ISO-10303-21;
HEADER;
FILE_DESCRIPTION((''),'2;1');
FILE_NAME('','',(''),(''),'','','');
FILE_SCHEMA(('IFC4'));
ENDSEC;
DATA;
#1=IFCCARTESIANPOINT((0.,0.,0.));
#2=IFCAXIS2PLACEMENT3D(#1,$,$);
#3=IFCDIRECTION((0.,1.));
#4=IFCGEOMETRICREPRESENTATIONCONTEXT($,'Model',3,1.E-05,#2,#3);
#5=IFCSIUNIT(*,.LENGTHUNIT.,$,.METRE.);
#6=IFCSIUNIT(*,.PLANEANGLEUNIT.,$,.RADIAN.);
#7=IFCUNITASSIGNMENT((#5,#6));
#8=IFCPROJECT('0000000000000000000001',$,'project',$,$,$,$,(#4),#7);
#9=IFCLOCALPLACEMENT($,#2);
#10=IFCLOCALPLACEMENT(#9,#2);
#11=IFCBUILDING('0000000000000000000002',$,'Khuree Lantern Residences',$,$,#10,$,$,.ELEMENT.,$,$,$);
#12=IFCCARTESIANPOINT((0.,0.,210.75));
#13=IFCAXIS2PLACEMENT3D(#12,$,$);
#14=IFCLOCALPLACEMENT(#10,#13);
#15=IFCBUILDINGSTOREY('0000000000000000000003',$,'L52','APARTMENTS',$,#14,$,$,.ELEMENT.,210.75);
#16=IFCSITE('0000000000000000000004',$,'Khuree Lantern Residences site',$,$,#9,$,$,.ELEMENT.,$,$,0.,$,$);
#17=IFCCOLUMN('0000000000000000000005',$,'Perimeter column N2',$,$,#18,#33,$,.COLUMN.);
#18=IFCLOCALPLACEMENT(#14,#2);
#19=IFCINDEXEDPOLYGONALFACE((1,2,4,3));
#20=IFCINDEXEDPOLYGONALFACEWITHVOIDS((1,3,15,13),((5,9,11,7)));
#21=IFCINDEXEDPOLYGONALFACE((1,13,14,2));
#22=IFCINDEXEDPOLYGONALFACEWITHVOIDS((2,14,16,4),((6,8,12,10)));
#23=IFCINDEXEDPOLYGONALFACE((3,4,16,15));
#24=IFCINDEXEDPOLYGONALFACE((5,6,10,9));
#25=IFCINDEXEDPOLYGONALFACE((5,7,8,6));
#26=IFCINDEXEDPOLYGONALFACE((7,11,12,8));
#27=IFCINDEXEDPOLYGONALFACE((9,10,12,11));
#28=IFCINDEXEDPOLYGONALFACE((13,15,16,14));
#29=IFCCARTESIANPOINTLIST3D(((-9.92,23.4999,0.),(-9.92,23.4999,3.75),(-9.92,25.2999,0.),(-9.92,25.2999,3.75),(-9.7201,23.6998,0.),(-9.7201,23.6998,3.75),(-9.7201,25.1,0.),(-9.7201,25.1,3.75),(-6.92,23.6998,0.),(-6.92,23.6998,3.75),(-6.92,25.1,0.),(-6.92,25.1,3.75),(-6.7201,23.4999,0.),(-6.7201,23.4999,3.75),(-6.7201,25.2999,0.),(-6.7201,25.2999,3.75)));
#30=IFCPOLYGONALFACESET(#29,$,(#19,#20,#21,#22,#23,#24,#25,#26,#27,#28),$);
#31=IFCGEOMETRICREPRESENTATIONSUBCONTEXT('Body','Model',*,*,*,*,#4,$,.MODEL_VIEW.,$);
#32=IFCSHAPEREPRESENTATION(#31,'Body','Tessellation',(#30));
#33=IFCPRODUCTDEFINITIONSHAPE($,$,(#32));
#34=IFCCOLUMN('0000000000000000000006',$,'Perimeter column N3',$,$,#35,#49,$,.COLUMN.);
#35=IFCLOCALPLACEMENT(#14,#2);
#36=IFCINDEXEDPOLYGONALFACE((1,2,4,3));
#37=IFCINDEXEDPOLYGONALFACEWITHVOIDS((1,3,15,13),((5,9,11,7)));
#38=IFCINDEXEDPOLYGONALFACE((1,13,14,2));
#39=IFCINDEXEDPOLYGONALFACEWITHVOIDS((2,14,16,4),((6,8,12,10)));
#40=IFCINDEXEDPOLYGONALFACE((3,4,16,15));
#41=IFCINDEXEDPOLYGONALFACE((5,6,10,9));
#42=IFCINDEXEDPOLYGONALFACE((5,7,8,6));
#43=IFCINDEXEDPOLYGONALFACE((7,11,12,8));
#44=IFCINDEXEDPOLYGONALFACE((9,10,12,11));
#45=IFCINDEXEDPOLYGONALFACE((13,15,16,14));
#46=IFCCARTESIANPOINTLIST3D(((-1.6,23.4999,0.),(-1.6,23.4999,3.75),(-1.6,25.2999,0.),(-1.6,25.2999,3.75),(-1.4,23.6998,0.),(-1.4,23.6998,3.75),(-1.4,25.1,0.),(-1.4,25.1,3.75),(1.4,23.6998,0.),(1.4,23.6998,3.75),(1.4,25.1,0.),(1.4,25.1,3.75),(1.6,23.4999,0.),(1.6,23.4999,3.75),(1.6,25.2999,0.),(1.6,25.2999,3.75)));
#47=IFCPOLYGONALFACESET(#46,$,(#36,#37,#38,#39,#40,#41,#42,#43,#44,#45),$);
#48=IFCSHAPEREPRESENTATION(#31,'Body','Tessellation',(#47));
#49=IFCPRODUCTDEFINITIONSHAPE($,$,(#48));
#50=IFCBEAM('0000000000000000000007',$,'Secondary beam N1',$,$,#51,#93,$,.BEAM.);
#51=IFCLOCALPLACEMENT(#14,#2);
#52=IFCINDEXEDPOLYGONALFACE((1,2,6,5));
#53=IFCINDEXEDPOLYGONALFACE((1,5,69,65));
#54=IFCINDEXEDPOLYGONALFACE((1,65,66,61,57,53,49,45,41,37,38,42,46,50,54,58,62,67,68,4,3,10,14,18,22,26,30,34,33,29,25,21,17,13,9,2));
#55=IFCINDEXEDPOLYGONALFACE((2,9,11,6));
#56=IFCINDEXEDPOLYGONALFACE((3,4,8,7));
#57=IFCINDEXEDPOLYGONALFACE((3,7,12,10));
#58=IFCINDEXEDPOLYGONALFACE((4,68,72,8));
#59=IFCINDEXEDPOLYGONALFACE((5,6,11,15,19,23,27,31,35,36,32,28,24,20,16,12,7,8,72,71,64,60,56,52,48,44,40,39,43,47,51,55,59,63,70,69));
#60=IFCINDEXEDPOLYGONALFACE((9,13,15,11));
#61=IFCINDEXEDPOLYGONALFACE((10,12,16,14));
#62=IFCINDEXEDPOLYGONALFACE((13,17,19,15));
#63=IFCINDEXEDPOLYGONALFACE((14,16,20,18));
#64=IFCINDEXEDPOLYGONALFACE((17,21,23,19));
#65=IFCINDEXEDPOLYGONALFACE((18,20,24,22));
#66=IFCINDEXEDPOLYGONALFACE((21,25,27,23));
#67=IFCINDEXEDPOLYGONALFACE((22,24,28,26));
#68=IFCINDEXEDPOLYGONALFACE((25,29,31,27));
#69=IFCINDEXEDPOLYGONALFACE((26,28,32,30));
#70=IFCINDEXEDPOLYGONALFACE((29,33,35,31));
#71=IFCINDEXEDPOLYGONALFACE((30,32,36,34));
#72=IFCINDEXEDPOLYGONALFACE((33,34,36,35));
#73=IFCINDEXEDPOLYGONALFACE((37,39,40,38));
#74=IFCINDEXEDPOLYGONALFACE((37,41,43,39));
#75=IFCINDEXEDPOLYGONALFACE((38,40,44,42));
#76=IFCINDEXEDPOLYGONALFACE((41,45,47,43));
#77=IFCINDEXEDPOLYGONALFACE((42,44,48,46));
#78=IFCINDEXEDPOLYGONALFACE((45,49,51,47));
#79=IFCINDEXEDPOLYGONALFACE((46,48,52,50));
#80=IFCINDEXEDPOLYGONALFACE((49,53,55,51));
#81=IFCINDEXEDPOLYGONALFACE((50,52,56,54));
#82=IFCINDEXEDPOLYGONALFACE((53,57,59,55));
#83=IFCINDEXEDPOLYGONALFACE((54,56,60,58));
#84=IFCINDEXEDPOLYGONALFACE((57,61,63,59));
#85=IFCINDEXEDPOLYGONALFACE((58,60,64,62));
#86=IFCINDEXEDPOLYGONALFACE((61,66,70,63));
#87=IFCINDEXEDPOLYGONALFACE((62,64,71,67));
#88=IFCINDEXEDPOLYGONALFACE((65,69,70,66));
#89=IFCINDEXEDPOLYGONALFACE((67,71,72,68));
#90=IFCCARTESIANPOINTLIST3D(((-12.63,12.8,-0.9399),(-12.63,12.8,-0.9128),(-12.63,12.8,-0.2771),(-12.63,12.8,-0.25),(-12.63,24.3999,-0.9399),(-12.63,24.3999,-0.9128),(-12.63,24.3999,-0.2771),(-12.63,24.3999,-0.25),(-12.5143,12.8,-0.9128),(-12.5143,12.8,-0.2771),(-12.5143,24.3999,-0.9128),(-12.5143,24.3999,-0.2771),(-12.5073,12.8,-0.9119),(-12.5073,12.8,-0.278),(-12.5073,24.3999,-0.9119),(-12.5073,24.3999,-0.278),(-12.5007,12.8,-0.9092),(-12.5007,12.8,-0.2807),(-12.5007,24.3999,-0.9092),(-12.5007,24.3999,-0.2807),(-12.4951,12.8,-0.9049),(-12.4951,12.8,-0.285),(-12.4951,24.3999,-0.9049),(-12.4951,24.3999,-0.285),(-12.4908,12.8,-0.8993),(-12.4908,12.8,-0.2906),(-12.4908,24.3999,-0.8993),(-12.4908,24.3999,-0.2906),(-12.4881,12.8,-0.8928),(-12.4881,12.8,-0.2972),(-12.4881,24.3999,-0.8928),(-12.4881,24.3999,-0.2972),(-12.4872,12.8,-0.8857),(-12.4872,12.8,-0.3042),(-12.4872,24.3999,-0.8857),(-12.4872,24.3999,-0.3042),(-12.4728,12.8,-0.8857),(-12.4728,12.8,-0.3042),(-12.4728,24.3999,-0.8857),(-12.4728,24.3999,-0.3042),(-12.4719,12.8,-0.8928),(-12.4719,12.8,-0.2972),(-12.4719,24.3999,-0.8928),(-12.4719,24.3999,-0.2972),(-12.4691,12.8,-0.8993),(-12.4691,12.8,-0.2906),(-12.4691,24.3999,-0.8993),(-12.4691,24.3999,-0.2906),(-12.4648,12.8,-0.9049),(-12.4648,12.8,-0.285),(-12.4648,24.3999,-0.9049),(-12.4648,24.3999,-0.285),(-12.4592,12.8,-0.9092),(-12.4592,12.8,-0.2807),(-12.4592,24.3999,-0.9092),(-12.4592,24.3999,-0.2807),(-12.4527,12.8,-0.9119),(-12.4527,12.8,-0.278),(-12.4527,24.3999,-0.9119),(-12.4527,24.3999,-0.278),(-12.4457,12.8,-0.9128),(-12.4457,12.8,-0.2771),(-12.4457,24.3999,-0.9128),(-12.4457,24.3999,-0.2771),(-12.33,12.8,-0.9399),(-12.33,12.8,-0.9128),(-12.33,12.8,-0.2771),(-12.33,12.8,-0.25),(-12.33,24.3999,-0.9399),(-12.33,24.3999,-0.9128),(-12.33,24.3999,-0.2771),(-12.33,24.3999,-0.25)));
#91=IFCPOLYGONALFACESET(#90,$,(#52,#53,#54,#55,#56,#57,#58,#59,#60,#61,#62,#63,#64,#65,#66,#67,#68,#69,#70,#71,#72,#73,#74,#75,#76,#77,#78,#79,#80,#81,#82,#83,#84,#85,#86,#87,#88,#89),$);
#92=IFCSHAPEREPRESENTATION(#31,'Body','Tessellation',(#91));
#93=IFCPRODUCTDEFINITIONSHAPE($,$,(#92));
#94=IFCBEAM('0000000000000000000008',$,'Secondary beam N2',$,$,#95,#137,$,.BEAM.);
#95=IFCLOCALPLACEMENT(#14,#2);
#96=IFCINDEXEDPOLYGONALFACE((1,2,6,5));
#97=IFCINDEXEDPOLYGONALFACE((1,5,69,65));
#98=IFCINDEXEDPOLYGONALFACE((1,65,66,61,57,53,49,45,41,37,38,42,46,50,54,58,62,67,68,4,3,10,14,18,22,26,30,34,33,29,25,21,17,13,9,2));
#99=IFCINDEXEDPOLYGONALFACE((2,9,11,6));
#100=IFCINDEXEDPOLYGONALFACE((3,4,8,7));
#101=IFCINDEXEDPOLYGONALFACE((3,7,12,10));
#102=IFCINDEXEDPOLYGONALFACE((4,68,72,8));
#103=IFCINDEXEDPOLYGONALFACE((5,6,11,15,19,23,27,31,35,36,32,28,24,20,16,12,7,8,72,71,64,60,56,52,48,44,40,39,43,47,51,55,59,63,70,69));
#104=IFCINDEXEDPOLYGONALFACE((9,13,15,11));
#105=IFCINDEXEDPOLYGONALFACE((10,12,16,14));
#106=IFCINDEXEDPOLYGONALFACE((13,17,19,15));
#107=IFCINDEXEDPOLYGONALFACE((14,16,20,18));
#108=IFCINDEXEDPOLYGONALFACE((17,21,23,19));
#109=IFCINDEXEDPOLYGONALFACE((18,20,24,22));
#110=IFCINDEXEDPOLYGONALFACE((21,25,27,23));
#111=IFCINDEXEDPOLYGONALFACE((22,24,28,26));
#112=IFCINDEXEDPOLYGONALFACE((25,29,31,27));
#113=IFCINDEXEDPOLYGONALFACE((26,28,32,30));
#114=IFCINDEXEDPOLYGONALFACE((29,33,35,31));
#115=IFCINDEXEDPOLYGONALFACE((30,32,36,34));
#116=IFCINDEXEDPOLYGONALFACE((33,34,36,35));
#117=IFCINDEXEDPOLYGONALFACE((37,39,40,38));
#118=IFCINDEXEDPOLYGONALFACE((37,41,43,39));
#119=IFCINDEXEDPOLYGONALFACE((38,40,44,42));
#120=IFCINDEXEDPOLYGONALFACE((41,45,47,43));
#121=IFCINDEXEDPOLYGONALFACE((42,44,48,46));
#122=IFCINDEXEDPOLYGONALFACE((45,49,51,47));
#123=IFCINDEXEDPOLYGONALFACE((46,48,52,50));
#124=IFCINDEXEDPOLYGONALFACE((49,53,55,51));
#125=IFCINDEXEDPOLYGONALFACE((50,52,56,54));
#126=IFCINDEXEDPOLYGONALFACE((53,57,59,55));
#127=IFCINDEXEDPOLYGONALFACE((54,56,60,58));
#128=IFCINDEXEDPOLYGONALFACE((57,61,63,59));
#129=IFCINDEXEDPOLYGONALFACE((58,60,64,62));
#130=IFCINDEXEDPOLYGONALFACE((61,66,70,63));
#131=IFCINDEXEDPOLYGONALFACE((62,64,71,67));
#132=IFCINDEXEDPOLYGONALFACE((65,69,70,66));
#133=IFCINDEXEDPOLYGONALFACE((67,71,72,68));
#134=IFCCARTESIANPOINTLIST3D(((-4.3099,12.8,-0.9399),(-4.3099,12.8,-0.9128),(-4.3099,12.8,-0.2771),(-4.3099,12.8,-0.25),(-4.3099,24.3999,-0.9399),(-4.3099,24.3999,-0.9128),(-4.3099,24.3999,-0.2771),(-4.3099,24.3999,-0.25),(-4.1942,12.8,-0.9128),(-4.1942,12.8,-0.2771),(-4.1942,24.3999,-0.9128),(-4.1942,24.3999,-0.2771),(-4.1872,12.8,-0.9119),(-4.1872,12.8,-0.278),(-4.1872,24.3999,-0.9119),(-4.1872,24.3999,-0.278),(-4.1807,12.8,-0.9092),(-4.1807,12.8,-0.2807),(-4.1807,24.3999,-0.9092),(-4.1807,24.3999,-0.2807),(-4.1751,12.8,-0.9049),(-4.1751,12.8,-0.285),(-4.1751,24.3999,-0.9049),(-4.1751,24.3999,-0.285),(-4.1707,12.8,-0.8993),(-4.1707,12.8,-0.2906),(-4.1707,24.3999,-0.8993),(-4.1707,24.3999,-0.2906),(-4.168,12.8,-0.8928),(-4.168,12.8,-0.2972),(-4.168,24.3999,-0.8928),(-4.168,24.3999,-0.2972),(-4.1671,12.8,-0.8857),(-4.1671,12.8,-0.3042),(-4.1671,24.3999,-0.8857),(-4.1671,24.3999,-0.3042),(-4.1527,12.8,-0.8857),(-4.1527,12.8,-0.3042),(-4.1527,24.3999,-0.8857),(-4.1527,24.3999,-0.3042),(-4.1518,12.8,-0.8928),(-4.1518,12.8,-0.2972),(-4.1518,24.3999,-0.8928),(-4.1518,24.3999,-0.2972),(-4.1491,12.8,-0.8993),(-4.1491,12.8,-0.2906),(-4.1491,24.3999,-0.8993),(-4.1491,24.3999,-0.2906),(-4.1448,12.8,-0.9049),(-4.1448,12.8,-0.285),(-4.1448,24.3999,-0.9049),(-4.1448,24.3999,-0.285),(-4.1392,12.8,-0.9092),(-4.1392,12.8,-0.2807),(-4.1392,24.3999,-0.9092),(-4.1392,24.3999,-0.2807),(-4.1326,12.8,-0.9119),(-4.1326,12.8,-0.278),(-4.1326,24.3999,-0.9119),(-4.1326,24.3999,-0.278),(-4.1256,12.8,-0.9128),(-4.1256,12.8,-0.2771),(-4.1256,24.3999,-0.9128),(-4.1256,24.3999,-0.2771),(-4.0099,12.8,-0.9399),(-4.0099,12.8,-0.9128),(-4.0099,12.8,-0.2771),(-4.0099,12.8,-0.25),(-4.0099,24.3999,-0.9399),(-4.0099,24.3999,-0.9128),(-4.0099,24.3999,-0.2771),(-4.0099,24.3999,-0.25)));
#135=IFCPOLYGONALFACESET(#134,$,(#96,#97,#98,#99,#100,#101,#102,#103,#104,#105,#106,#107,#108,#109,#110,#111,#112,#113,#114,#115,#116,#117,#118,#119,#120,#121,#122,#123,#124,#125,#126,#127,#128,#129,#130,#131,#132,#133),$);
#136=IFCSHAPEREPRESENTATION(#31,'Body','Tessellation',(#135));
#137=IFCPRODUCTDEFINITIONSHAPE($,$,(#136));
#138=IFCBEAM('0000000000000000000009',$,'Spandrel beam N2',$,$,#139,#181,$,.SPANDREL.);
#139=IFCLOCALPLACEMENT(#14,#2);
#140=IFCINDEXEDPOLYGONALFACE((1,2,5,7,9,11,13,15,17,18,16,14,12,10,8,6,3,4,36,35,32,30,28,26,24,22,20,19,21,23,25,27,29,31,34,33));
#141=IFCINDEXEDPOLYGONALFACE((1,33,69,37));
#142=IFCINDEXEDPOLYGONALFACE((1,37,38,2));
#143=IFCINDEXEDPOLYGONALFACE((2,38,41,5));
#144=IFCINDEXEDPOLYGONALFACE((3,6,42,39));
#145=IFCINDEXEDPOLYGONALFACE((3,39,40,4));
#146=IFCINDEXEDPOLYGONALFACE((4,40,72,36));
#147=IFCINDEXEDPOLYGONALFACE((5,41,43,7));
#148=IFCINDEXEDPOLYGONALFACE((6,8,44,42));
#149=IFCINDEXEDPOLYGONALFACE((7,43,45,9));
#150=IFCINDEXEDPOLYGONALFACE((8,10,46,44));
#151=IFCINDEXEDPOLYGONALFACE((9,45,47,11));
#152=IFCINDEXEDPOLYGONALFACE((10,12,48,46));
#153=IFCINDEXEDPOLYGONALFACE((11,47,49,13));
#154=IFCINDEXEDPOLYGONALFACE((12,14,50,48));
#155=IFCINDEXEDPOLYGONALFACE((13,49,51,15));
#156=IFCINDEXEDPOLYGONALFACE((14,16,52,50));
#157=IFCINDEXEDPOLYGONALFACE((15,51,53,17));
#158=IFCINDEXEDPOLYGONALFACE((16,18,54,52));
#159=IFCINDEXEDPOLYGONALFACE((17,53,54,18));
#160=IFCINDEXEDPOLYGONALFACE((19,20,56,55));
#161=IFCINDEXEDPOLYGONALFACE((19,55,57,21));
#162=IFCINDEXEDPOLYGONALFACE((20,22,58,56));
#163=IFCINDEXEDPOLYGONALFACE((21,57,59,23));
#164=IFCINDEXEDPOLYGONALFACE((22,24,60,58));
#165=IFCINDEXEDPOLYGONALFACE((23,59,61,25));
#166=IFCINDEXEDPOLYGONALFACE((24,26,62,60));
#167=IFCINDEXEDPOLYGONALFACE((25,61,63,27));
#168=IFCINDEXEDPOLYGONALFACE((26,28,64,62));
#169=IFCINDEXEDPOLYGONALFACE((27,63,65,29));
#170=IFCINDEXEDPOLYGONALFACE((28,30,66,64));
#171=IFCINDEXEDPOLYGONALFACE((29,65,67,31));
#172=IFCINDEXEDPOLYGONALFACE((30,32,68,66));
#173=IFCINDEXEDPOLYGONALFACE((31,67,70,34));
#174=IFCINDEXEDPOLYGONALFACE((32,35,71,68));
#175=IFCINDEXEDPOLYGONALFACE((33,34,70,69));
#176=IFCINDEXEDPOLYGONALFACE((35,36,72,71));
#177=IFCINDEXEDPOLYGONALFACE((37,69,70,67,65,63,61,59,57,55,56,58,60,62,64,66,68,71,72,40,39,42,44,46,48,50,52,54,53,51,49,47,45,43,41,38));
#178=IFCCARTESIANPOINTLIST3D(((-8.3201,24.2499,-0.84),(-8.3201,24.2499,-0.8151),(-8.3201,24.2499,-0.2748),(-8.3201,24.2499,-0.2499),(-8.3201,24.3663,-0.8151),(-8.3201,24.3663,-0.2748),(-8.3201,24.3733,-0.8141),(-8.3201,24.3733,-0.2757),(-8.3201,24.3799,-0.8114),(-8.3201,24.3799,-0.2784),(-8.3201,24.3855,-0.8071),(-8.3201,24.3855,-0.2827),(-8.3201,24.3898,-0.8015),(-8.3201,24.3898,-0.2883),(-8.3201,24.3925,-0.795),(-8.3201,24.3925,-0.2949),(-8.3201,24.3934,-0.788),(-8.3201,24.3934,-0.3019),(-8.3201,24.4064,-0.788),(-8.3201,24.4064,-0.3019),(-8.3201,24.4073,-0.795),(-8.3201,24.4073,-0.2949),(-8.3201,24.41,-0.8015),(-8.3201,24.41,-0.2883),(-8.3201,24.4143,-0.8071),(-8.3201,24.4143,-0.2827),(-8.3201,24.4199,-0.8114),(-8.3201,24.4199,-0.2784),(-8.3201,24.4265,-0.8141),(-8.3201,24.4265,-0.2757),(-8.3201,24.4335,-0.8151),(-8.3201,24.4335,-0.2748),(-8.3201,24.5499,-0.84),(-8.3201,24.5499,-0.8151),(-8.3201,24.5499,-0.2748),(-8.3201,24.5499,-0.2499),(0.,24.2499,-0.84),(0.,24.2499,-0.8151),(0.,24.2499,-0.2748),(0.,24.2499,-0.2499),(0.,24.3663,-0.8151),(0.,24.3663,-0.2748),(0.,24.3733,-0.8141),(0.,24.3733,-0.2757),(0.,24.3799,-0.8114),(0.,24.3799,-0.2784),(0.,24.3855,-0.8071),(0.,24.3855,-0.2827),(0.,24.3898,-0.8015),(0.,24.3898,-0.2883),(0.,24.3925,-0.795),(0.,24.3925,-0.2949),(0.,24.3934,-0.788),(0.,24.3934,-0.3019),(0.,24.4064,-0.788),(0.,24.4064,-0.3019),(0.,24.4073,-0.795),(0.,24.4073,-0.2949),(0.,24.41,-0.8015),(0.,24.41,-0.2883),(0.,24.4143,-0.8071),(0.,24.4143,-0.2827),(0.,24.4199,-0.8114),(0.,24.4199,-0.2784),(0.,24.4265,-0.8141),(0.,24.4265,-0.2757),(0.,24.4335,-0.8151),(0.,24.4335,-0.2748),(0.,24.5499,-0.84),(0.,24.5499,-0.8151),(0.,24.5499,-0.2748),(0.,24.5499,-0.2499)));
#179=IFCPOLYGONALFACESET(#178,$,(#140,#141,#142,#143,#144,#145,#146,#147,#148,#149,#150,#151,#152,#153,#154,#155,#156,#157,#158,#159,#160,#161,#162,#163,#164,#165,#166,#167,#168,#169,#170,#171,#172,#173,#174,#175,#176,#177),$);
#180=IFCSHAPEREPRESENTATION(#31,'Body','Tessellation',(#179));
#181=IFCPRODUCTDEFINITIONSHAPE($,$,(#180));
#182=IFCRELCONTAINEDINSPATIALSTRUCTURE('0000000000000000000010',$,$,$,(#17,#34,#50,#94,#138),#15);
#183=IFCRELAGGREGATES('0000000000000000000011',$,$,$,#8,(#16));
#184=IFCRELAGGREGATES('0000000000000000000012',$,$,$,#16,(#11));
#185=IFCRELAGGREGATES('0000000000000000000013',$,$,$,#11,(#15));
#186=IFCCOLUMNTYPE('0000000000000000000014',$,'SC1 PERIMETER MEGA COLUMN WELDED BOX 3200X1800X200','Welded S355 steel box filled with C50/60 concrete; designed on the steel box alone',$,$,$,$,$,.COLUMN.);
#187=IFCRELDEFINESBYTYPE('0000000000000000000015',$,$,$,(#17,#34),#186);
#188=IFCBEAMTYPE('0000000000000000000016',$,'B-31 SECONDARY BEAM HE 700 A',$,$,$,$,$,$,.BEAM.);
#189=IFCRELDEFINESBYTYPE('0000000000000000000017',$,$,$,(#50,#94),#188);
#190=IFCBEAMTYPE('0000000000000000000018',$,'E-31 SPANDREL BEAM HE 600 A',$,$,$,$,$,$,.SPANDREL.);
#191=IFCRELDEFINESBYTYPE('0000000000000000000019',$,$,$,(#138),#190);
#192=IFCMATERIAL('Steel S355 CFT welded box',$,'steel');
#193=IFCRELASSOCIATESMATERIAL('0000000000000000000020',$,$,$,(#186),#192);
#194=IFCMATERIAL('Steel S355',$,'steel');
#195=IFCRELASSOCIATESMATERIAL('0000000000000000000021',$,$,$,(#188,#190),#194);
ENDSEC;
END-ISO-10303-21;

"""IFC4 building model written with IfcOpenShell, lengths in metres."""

from ifc_helpers import new_model, si_unit, direction, frame, origin, origin_2d, place, context, subcontext, project, spatial, hollow_rectangle, i_section, extrude, material, material_profile, profile_set, type_object, element, save


model = new_model("IFC4")

# Units and contexts
model_context = context("Model", 3, precision=1e-05, world=origin(), true_north=direction((0.0, 1.0)))
body_context = subcontext(model_context, "Body", "Model", "MODEL_VIEW")
ifc_project = project(units=[si_unit("LENGTHUNIT", "METRE"), si_unit("PLANEANGLEUNIT", "RADIAN")], contexts=[model_context])

# Site, building, storey
site_placement = place(None, origin())
site = spatial("IfcSite", under=ifc_project, at=site_placement, Name="Khuree Lantern Residences site", CompositionType="ELEMENT", RefElevation=0.0)
building_placement = place(site_placement, origin())
building = spatial("IfcBuilding", under=site, at=building_placement, Name="Khuree Lantern Residences", CompositionType="ELEMENT")
storey_placement = place(building_placement, frame((0.0, 0.0, 210.75)))
storey = spatial("IfcBuildingStorey", under=building, at=storey_placement, Name="L52", Description="APARTMENTS", CompositionType="ELEMENT", Elevation=210.75)

# Columns
ifc_material_1 = material(Name="Steel S355 CFT welded box", Category="steel")
ifc_material_profile_1 = material_profile(ifc_material_1, hollow_rectangle(XDim=3.2, YDim=1.8, WallThickness=0.2, at=origin_2d()), Name="WELDED BOX 3200X1800X200")
ifc_profile_set_1 = profile_set([ifc_material_profile_1], Name="Steel S355 CFT welded box")
column_type = type_object("IfcColumnType", Name="SC1 PERIMETER MEGA COLUMN WELDED BOX 3200X1800X200", Description="Welded S355 steel box filled with C50/60 concrete; designed on the steel box alone", PredefinedType="COLUMN", material=ifc_profile_set_1)
for number, where, z_axis, x_axis, name in (
    (1, (-8.3201, 24.3999, 0.0), (0.0, 0.0, 1.0), (1.0, 0.0, 0.0), "Perimeter column N2"),
    (2, (0.0, 24.3999, 0.0), (0.0, 0.0, 1.0), (1.0, 0.0, 0.0), "Perimeter column N3"),
):
    element("IfcColumn", number, at=place(storey_placement, frame(where, z_axis=z_axis, x_axis=x_axis)), inside=storey, type_object=column_type, Name=name, PredefinedType="COLUMN", context=body_context, shape_type="SweptSolid", body=[
        extrude(hollow_rectangle(XDim=3.2, YDim=1.8, WallThickness=0.2, at=origin_2d()), origin(), (0.0, 0.0, 1.0), 3.75),
    ])

# Beams
ifc_material_2 = material(Name="Steel S355", Category="steel")
ifc_material_profile_2 = material_profile(ifc_material_2, i_section(OverallWidth=0.3, OverallDepth=0.6899, WebThickness=0.0144, FlangeThickness=0.0271, FilletRadius=0.0271, at=origin_2d()), Name="HE 700 A")
ifc_profile_set_2 = profile_set([ifc_material_profile_2], Name="Steel S355")
beam_type_1 = type_object("IfcBeamType", Name="B-31 SECONDARY BEAM HE 700 A", PredefinedType="BEAM", material=ifc_profile_set_2)
for number, where, z_axis, x_axis, name in (
    (3, (-12.48, 24.3999, -0.595), (0.0, -1.0, 0.0), (1.0, 0.0, 0.0), "Secondary beam N1"),
    (4, (-4.1599, 24.3999, -0.595), (0.0, -1.0, 0.0), (1.0, 0.0, 0.0), "Secondary beam N2"),
):
    element("IfcBeam", number, at=place(storey_placement, frame(where, z_axis=z_axis, x_axis=x_axis)), inside=storey, type_object=beam_type_1, Name=name, PredefinedType="BEAM", context=body_context, shape_type="SweptSolid", body=[
        extrude(i_section(OverallWidth=0.3, OverallDepth=0.6899, WebThickness=0.0144, FlangeThickness=0.0271, FilletRadius=0.0271, at=origin_2d()), origin(), (0.0, 0.0, 1.0), 11.5999),
    ])
ifc_material_profile_3 = material_profile(ifc_material_2, i_section(OverallWidth=0.3, OverallDepth=0.5901, WebThickness=0.0129, FlangeThickness=0.0249, FilletRadius=0.0271, at=origin_2d()), Name="HE 600 A")
ifc_profile_set_3 = profile_set([ifc_material_profile_3], Name="Steel S355")
beam_type_2 = type_object("IfcBeamType", Name="E-31 SPANDREL BEAM HE 600 A", PredefinedType="SPANDREL", material=ifc_profile_set_3)
for number, where, z_axis, x_axis, name in (
    (5, (-8.3201, 24.3999, -0.5449), (1.0, 0.0, 0.0), (0.0, 1.0, 0.0), "Spandrel beam N2"),
):
    element("IfcBeam", number, at=place(storey_placement, frame(where, z_axis=z_axis, x_axis=x_axis)), inside=storey, type_object=beam_type_2, Name=name, PredefinedType="SPANDREL", context=body_context, shape_type="SweptSolid", body=[
        extrude(i_section(OverallWidth=0.3, OverallDepth=0.5901, WebThickness=0.0129, FlangeThickness=0.0249, FilletRadius=0.0271, at=origin_2d()), origin(), (0.0, 0.0, 1.0), 8.3201),
    ])

save(model, "model.ifc")
